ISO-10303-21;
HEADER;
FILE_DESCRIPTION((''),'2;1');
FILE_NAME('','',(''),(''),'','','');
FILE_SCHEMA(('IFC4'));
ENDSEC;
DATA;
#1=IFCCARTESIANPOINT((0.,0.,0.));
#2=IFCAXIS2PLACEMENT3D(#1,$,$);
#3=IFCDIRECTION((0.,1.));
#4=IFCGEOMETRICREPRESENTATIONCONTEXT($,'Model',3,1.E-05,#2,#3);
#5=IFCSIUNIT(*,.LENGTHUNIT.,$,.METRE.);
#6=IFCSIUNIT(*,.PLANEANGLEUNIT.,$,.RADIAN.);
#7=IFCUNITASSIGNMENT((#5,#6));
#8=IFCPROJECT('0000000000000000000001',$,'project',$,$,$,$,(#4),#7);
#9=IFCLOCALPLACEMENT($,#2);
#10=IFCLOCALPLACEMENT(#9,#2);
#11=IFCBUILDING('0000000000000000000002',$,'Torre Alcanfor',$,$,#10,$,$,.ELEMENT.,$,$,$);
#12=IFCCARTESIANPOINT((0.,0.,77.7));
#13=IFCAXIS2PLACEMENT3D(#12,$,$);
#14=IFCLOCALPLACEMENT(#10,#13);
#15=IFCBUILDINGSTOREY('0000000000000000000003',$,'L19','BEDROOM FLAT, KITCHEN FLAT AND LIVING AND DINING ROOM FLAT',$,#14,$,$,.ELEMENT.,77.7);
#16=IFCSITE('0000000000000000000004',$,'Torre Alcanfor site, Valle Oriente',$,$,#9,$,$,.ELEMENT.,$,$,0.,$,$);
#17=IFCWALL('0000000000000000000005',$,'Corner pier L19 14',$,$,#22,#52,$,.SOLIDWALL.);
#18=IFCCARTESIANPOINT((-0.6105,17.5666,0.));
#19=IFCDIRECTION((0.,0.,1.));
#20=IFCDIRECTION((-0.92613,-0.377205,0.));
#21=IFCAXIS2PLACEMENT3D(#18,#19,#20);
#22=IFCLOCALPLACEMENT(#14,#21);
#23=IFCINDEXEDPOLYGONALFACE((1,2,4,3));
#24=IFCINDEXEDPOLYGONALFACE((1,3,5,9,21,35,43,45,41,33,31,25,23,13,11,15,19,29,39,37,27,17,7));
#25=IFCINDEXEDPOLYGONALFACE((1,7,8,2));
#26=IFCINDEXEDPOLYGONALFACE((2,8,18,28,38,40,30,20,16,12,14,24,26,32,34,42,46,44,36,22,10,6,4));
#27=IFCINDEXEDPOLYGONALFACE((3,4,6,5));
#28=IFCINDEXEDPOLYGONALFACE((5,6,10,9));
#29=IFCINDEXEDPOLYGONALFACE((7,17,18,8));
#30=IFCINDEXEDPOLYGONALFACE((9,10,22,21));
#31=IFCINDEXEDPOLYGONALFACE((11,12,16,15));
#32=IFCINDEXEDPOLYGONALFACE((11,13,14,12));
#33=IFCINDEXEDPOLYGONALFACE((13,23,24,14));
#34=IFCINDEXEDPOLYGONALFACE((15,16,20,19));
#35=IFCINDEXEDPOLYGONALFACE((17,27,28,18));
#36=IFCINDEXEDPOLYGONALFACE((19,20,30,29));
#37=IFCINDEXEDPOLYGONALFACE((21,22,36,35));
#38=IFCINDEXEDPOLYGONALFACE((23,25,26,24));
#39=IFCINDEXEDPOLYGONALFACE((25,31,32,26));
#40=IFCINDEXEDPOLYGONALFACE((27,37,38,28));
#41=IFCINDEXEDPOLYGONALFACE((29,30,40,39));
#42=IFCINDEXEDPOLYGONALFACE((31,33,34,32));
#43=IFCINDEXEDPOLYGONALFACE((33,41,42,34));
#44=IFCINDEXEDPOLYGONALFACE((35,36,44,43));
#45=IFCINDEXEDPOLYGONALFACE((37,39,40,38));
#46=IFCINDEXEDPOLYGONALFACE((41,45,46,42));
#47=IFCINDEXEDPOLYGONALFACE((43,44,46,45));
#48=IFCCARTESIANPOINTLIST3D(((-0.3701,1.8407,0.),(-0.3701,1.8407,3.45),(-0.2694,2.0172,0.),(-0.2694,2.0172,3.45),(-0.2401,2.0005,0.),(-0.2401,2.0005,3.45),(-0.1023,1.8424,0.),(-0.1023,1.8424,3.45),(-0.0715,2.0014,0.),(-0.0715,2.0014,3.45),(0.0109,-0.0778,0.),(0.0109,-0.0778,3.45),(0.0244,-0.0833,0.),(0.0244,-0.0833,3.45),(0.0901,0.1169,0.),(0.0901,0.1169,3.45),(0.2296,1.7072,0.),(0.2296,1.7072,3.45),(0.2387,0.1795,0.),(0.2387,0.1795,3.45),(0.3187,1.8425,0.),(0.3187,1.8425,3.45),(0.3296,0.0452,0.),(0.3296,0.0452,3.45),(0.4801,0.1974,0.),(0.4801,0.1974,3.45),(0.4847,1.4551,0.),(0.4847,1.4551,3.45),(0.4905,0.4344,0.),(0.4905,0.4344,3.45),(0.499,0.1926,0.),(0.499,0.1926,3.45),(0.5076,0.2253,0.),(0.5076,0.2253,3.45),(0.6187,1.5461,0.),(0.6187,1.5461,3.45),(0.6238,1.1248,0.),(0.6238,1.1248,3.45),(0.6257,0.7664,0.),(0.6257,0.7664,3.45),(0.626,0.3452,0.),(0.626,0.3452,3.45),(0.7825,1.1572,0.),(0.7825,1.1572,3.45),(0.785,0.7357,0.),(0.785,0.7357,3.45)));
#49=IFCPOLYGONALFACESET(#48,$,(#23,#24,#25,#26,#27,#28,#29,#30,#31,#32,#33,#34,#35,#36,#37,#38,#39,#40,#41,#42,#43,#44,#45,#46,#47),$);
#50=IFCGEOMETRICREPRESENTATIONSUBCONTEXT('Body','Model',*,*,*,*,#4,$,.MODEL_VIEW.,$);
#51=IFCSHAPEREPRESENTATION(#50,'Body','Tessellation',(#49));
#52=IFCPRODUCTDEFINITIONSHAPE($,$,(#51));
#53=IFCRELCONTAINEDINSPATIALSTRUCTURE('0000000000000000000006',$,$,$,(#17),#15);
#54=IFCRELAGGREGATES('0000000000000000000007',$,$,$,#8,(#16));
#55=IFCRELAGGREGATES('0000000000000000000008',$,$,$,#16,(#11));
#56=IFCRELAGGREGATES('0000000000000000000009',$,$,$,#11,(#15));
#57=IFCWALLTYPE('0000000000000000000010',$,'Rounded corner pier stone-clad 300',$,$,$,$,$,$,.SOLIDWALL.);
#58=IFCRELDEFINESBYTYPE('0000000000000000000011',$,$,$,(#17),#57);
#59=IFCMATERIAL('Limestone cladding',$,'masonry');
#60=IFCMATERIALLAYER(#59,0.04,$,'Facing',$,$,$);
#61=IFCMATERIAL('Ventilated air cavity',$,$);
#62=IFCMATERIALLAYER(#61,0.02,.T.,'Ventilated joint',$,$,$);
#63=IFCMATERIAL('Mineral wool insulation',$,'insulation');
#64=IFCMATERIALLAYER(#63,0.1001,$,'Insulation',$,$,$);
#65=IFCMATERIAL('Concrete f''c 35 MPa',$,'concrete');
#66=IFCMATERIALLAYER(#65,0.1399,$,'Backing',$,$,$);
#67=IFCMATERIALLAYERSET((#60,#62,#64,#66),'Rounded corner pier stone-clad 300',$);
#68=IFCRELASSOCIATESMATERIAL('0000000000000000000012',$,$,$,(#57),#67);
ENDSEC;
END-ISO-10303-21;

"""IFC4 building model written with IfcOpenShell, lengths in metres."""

from ifc_helpers import new_model, si_unit, direction, frame, origin, place, context, subcontext, project, spatial, polyline, outline, extrude, material, layer, layer_set, type_object, element, save


model = new_model("IFC4")

# Units and contexts
model_context = context("Model", 3, precision=1e-05, world=origin(), true_north=direction((0.0, 1.0)))
body_context = subcontext(model_context, "Body", "Model", "MODEL_VIEW")
ifc_project = project(units=[si_unit("LENGTHUNIT", "METRE"), si_unit("PLANEANGLEUNIT", "RADIAN")], contexts=[model_context])

# Site, building, storey
site_placement = place(None, origin())
site = spatial("IfcSite", under=ifc_project, at=site_placement, Name="Torre Alcanfor site, Valle Oriente", CompositionType="ELEMENT", RefElevation=0.0)
building_placement = place(site_placement, origin())
building = spatial("IfcBuilding", under=site, at=building_placement, Name="Torre Alcanfor", CompositionType="ELEMENT")
storey_placement = place(building_placement, frame((0.0, 0.0, 77.7)))
storey = spatial("IfcBuildingStorey", under=building, at=storey_placement, Name="L19", Description="BEDROOM FLAT, KITCHEN FLAT AND LIVING AND DINING ROOM FLAT", CompositionType="ELEMENT", Elevation=77.7)

# Shared definitions
ifc_material_1 = material(Name="Limestone cladding", Category="masonry")
ifc_material_2 = material(Name="Ventilated air cavity")
ifc_material_3 = material(Name="Mineral wool insulation", Category="insulation")
ifc_material_4 = material(Name="Concrete f'c 35 MPa", Category="concrete")

# Wall
ifc_layer_1 = layer(ifc_material_1, 0.04, Name="Facing")
ifc_layer_2 = layer(ifc_material_2, 0.02, ventilated=True, Name="Ventilated joint")
ifc_layer_3 = layer(ifc_material_3, 0.1001, Name="Insulation")
ifc_layer_4 = layer(ifc_material_4, 0.1399, Name="Backing")
ifc_layer_set_1 = layer_set([ifc_layer_1, ifc_layer_2, ifc_layer_3, ifc_layer_4], Name="Rounded corner pier stone-clad 300")
wall_type_1 = type_object("IfcWallType", Name="Rounded corner pier stone-clad 300", PredefinedType="SOLIDWALL", material=ifc_layer_set_1)
wall_1_placement = place(storey_placement, frame((-0.6105, 17.5666, 0.0), z_axis=(0.0, 0.0, 1.0), x_axis=(-0.92613, -0.377205, 0.0)))
element("IfcWall", 1, at=wall_1_placement, inside=storey, type_object=wall_type_1, Name="Corner pier L19 14", PredefinedType="SOLIDWALL", context=body_context, shape_type="SweptSolid", body=[
    extrude(outline(polyline([(-0.2694, 2.0172), (-0.3701, 1.8407), (-0.1023, 1.8424), (0.2296, 1.7072), (0.4847, 1.4551), (0.6238, 1.1248), (0.6257, 0.7664), (0.4905, 0.4344), (0.2387, 0.1795), (0.0901, 0.1169), (0.0109, -0.0778), (0.0244, -0.0833), (0.3296, 0.0452), (0.4801, 0.1974), (0.499, 0.1926), (0.5076, 0.2253), (0.626, 0.3452), (0.785, 0.7357), (0.7825, 1.1572), (0.6187, 1.5461), (0.3187, 1.8425), (-0.0715, 2.0014), (-0.2401, 2.0005), (-0.2694, 2.0172)])), origin(), (0.0, 0.0, 1.0), 3.45),
])

save(model, "model.ifc")
